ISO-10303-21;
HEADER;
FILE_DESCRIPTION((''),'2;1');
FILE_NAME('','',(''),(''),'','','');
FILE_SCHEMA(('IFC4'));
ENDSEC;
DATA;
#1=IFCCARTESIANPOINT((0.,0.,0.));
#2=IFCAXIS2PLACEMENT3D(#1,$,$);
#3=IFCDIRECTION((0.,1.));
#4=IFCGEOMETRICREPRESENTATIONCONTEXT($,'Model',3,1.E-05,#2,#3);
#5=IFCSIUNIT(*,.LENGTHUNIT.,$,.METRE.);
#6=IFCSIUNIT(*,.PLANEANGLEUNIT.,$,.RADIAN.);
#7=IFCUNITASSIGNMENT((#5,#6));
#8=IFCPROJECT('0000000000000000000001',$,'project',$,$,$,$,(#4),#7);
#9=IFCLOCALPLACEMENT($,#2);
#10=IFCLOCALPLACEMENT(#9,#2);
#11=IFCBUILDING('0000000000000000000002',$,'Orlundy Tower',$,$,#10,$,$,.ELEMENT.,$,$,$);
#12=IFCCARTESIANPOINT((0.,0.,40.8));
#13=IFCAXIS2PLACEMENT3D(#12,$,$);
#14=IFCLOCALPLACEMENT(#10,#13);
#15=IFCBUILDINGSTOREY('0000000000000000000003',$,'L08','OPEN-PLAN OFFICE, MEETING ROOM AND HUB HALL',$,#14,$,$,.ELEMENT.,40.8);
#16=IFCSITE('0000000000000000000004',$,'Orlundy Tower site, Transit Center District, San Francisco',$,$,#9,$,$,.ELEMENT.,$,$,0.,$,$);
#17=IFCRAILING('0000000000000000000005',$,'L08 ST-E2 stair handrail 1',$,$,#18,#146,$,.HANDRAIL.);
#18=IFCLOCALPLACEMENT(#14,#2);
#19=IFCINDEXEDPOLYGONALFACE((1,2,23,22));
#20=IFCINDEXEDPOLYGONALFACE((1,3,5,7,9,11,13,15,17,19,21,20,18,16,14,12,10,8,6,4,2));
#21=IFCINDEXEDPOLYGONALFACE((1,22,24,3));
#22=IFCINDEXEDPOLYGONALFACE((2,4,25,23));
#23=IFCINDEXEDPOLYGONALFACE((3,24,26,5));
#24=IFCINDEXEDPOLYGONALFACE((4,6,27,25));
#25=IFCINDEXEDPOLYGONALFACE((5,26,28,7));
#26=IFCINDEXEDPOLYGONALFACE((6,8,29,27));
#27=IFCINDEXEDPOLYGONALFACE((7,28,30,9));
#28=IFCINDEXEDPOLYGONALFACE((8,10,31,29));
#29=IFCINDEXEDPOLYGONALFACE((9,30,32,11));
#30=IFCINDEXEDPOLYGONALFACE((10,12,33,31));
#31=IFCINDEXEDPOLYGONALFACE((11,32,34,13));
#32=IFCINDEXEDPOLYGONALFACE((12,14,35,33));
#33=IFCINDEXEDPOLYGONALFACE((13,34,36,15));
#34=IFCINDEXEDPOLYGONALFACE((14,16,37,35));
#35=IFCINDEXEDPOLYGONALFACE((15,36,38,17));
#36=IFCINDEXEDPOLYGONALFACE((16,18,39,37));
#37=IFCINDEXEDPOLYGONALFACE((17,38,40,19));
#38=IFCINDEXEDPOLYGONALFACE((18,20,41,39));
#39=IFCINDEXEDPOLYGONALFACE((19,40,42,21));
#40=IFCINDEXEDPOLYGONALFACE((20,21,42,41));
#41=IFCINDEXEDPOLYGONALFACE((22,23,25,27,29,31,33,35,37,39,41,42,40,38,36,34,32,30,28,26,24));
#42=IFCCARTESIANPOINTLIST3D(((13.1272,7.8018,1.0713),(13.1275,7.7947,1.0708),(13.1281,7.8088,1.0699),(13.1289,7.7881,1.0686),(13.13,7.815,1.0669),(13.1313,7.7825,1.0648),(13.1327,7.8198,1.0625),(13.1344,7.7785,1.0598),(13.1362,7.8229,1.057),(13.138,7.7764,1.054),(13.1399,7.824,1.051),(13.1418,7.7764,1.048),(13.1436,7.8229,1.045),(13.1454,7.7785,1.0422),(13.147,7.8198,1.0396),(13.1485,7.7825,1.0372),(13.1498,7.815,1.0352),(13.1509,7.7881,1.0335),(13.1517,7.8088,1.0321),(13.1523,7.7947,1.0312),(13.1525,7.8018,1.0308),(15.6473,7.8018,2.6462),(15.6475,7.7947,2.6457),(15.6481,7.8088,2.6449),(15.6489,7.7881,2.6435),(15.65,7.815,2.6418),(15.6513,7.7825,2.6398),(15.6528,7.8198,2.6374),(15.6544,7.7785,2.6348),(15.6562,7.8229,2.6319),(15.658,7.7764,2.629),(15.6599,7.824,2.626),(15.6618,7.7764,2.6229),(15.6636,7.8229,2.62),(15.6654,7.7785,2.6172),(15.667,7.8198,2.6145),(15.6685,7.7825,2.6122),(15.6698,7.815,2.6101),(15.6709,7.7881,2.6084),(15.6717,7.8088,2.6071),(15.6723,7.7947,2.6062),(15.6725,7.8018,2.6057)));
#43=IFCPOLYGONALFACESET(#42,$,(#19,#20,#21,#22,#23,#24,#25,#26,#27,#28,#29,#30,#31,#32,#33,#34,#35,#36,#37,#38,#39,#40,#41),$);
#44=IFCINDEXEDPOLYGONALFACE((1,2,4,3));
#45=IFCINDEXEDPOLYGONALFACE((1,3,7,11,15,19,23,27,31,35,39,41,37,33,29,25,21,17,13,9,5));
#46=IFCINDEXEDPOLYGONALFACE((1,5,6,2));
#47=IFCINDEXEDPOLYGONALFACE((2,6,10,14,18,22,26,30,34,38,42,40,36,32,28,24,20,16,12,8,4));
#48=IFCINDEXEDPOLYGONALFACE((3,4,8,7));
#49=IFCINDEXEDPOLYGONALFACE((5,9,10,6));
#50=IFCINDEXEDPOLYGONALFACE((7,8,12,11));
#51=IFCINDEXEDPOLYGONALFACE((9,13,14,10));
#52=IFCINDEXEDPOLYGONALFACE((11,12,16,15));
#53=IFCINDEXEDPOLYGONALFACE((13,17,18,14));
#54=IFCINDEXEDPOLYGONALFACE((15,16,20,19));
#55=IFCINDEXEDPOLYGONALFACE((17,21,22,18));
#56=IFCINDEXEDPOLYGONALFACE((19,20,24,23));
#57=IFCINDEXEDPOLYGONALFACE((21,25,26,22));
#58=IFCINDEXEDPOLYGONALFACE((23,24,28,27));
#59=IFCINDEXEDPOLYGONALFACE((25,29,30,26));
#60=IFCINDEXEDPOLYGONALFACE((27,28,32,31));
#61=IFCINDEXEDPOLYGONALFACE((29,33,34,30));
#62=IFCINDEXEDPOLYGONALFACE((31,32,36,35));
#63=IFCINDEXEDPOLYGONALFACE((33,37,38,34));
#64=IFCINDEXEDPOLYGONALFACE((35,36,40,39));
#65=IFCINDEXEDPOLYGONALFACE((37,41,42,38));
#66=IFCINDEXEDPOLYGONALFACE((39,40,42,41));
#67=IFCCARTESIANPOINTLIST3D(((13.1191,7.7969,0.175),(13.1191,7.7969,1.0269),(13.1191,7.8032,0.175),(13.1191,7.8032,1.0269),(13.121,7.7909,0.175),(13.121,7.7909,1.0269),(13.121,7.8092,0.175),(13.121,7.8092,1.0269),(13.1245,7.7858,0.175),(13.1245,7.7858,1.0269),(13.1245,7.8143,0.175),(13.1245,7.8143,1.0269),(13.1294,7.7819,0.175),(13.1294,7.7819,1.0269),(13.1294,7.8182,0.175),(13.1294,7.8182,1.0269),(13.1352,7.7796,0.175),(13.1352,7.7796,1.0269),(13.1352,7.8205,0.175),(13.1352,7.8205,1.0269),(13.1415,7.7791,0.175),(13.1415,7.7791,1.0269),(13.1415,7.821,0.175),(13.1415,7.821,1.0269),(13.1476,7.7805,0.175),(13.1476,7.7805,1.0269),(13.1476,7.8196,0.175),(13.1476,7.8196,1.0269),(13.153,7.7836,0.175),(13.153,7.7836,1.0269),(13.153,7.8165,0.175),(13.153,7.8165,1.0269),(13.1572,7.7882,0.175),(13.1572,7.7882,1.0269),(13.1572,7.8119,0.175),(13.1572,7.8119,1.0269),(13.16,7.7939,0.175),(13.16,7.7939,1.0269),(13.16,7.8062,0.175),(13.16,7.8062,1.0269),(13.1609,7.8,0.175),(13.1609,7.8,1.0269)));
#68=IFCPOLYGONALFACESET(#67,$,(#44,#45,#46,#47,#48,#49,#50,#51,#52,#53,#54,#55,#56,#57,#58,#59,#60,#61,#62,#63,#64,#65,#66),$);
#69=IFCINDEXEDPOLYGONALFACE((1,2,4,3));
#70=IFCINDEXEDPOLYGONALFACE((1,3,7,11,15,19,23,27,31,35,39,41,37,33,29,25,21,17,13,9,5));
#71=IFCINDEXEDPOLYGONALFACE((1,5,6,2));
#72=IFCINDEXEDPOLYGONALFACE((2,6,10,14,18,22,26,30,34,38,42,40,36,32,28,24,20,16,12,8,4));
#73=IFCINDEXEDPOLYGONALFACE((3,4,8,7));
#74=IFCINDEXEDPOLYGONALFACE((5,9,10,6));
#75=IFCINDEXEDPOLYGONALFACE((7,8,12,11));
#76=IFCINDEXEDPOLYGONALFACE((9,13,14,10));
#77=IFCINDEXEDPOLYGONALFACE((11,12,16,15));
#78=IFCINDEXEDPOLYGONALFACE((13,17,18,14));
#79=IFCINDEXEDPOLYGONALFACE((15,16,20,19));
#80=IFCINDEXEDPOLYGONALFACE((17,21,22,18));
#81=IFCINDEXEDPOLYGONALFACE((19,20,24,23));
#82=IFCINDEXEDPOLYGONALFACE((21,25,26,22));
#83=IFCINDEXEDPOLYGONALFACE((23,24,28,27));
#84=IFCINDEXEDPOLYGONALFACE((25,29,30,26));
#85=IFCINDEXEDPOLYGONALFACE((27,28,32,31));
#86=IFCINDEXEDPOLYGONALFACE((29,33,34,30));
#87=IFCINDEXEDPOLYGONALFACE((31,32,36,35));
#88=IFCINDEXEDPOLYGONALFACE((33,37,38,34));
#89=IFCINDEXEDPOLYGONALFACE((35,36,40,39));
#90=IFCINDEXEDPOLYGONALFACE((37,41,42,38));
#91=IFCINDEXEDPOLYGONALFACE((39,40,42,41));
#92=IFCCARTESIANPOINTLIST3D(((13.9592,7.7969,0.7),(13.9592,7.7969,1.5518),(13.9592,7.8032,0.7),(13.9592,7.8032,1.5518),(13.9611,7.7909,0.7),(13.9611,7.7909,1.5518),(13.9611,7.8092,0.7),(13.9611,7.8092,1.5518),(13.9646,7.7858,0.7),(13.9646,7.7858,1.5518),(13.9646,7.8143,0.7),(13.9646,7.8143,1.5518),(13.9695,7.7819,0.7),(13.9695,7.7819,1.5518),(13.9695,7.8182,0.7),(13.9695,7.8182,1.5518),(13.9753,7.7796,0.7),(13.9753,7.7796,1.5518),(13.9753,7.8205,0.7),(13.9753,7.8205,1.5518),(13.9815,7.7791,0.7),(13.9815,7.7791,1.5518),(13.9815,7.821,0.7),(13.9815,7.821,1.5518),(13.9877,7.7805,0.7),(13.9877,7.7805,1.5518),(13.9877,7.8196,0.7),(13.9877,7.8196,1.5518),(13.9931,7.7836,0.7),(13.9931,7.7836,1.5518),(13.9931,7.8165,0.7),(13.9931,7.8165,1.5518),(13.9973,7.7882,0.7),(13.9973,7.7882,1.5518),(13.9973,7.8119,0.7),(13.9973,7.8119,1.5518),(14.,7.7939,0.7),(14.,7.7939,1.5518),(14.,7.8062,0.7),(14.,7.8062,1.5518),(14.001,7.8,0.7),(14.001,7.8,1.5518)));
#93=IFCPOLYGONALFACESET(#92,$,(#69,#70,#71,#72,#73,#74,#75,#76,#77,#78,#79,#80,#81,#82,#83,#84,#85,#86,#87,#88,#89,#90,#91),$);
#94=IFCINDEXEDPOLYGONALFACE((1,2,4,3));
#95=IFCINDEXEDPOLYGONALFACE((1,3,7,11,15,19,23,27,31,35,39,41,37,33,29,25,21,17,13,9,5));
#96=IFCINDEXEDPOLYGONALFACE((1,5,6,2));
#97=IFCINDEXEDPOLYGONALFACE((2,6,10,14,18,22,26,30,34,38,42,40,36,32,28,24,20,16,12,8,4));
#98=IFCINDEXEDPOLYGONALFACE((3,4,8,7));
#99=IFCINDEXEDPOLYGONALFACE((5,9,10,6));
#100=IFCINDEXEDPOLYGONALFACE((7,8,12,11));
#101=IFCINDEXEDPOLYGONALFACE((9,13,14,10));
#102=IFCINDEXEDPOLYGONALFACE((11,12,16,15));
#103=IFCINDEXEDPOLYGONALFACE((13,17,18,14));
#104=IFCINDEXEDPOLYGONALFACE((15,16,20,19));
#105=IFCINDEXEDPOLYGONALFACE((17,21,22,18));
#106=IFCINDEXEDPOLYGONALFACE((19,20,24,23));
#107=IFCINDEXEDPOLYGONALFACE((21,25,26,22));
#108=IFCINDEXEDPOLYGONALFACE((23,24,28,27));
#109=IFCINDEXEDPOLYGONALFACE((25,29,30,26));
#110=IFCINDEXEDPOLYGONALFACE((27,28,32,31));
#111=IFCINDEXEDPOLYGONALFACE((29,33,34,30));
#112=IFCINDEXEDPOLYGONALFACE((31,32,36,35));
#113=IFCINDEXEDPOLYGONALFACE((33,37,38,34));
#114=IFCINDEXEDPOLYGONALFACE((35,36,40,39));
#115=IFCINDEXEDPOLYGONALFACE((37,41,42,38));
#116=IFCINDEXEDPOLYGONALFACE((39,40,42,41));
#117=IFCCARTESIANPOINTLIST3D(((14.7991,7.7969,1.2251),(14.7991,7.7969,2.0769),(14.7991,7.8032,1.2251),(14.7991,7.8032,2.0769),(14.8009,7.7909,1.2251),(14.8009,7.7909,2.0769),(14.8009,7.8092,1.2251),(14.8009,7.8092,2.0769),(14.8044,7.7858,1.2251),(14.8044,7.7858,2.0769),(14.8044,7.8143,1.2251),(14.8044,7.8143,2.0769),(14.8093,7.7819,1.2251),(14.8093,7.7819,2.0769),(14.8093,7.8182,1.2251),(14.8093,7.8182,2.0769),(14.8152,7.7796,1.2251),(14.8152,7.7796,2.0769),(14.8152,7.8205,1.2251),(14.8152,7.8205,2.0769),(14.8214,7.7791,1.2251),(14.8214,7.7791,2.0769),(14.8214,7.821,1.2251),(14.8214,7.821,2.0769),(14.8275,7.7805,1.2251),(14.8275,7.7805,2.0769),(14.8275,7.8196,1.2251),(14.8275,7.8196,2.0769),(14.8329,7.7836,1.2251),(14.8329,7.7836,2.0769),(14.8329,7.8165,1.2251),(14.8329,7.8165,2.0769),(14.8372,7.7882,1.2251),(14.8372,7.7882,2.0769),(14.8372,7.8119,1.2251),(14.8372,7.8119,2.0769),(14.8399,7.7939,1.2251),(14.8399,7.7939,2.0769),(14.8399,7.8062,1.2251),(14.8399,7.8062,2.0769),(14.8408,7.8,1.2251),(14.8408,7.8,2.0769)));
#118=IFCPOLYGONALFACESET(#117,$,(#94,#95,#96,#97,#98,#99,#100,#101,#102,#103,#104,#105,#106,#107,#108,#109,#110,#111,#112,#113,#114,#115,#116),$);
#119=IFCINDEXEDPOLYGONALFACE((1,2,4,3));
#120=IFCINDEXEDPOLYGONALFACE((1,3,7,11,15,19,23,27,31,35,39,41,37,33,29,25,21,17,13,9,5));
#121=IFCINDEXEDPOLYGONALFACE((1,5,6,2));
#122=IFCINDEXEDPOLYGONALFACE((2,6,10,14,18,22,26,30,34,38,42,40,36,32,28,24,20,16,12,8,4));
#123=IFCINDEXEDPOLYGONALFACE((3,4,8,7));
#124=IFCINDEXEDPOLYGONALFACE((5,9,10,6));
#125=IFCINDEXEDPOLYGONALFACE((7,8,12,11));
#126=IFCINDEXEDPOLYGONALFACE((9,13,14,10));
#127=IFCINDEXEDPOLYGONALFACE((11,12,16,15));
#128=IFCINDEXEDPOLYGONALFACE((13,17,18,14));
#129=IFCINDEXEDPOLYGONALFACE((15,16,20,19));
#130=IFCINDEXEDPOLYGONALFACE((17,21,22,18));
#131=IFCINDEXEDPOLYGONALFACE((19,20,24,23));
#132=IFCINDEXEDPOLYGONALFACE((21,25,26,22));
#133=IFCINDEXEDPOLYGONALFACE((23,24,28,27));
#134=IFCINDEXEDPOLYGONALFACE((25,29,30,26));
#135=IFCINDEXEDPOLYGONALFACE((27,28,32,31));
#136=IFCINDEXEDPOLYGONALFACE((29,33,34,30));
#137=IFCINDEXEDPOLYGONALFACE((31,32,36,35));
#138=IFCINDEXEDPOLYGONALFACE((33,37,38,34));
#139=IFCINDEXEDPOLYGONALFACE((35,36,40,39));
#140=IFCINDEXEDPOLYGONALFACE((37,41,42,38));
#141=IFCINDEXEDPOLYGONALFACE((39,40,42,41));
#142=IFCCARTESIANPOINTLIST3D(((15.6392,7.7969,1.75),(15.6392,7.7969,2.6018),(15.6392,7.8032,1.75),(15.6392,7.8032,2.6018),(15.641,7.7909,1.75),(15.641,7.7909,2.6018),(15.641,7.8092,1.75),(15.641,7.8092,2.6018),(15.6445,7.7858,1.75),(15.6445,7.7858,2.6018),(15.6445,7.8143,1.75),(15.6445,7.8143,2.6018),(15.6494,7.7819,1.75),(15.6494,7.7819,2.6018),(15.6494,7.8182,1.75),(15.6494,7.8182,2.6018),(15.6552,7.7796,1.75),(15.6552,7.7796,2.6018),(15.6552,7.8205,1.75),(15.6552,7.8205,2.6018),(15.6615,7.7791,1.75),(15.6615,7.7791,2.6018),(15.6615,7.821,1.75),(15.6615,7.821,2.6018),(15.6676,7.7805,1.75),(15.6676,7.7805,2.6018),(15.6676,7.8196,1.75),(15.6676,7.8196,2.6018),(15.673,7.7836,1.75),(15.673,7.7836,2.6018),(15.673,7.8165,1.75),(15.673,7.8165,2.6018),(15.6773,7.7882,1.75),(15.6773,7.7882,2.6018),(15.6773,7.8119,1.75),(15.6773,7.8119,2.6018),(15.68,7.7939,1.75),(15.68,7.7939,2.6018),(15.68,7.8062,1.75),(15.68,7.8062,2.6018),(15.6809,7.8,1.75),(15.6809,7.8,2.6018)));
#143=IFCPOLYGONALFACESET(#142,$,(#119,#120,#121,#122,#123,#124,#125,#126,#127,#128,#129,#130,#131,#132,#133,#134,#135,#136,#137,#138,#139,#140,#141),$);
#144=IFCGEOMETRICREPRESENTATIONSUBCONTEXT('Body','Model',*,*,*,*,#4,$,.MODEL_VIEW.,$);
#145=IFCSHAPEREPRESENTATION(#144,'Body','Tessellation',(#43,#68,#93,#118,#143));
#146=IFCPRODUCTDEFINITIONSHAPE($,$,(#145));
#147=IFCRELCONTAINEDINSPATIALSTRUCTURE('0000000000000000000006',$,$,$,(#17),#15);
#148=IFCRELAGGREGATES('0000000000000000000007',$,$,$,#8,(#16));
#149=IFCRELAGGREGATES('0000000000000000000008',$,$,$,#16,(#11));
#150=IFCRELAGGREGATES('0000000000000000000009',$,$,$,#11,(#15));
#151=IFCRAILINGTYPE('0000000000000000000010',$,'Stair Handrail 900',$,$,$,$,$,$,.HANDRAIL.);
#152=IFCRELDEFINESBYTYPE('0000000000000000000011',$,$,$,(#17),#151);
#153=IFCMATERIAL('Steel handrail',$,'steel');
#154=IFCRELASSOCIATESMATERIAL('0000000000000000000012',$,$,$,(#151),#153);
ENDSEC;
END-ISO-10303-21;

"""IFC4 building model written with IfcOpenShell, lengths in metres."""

from ifc_helpers import new_model, si_unit, direction, frame, origin, origin_2d, place, context, subcontext, project, spatial, circle, extrude, material, type_object, element, save


model = new_model("IFC4")

# Units and contexts
model_context = context("Model", 3, precision=1e-05, world=origin(), true_north=direction((0.0, 1.0)))
body_context = subcontext(model_context, "Body", "Model", "MODEL_VIEW")
ifc_project = project(units=[si_unit("LENGTHUNIT", "METRE"), si_unit("PLANEANGLEUNIT", "RADIAN")], contexts=[model_context])

# Site, building, storey
site_placement = place(None, origin())
site = spatial("IfcSite", under=ifc_project, at=site_placement, Name="Orlundy Tower site, Transit Center District, San Francisco", CompositionType="ELEMENT", RefElevation=0.0)
building_placement = place(site_placement, origin())
building = spatial("IfcBuilding", under=site, at=building_placement, Name="Orlundy Tower", CompositionType="ELEMENT")
storey_placement = place(building_placement, frame((0.0, 0.0, 40.8)))
storey = spatial("IfcBuildingStorey", under=building, at=storey_placement, Name="L08", Description="OPEN-PLAN OFFICE, MEETING ROOM AND HUB HALL", CompositionType="ELEMENT", Elevation=40.8)

# Railing
ifc_material_1 = material(Name="Steel handrail", Category="steel")
railing_type_1 = type_object("IfcRailingType", Name="Stair Handrail 900", PredefinedType="HANDRAIL", material=ifc_material_1)
railing_1_placement = place(storey_placement, frame((13.1399, 7.8, 0.175)))
element("IfcRailing", 1, at=railing_1_placement, inside=storey, type_object=railing_type_1, Name="L08 ST-E2 stair handrail 1", PredefinedType="HANDRAIL", context=body_context, shape_type="SweptSolid", body=[
    extrude(circle(Radius=0.0239, at=origin_2d()), frame((0.0, 0.0, 0.876), z_axis=(0.848008, 0.0, 0.529984), x_axis=(0.0, 1.0, 0.0)), (0.0, 0.0, 1.0), 2.9717),
    extrude(circle(Radius=0.021, at=origin_2d()), origin(), (0.0, 0.0, 1.0), 0.8518),
    extrude(circle(Radius=0.021, at=origin_2d()), frame((0.8401, 0.0, 0.5249)), (0.0, 0.0, 1.0), 0.8518),
    extrude(circle(Radius=0.021, at=origin_2d()), frame((1.6799, 0.0, 1.05)), (0.0, 0.0, 1.0), 0.8518),
    extrude(circle(Radius=0.021, at=origin_2d()), frame((2.52, 0.0, 1.575)), (0.0, 0.0, 1.0), 0.8518),
])

save(model, "model.ifc")
